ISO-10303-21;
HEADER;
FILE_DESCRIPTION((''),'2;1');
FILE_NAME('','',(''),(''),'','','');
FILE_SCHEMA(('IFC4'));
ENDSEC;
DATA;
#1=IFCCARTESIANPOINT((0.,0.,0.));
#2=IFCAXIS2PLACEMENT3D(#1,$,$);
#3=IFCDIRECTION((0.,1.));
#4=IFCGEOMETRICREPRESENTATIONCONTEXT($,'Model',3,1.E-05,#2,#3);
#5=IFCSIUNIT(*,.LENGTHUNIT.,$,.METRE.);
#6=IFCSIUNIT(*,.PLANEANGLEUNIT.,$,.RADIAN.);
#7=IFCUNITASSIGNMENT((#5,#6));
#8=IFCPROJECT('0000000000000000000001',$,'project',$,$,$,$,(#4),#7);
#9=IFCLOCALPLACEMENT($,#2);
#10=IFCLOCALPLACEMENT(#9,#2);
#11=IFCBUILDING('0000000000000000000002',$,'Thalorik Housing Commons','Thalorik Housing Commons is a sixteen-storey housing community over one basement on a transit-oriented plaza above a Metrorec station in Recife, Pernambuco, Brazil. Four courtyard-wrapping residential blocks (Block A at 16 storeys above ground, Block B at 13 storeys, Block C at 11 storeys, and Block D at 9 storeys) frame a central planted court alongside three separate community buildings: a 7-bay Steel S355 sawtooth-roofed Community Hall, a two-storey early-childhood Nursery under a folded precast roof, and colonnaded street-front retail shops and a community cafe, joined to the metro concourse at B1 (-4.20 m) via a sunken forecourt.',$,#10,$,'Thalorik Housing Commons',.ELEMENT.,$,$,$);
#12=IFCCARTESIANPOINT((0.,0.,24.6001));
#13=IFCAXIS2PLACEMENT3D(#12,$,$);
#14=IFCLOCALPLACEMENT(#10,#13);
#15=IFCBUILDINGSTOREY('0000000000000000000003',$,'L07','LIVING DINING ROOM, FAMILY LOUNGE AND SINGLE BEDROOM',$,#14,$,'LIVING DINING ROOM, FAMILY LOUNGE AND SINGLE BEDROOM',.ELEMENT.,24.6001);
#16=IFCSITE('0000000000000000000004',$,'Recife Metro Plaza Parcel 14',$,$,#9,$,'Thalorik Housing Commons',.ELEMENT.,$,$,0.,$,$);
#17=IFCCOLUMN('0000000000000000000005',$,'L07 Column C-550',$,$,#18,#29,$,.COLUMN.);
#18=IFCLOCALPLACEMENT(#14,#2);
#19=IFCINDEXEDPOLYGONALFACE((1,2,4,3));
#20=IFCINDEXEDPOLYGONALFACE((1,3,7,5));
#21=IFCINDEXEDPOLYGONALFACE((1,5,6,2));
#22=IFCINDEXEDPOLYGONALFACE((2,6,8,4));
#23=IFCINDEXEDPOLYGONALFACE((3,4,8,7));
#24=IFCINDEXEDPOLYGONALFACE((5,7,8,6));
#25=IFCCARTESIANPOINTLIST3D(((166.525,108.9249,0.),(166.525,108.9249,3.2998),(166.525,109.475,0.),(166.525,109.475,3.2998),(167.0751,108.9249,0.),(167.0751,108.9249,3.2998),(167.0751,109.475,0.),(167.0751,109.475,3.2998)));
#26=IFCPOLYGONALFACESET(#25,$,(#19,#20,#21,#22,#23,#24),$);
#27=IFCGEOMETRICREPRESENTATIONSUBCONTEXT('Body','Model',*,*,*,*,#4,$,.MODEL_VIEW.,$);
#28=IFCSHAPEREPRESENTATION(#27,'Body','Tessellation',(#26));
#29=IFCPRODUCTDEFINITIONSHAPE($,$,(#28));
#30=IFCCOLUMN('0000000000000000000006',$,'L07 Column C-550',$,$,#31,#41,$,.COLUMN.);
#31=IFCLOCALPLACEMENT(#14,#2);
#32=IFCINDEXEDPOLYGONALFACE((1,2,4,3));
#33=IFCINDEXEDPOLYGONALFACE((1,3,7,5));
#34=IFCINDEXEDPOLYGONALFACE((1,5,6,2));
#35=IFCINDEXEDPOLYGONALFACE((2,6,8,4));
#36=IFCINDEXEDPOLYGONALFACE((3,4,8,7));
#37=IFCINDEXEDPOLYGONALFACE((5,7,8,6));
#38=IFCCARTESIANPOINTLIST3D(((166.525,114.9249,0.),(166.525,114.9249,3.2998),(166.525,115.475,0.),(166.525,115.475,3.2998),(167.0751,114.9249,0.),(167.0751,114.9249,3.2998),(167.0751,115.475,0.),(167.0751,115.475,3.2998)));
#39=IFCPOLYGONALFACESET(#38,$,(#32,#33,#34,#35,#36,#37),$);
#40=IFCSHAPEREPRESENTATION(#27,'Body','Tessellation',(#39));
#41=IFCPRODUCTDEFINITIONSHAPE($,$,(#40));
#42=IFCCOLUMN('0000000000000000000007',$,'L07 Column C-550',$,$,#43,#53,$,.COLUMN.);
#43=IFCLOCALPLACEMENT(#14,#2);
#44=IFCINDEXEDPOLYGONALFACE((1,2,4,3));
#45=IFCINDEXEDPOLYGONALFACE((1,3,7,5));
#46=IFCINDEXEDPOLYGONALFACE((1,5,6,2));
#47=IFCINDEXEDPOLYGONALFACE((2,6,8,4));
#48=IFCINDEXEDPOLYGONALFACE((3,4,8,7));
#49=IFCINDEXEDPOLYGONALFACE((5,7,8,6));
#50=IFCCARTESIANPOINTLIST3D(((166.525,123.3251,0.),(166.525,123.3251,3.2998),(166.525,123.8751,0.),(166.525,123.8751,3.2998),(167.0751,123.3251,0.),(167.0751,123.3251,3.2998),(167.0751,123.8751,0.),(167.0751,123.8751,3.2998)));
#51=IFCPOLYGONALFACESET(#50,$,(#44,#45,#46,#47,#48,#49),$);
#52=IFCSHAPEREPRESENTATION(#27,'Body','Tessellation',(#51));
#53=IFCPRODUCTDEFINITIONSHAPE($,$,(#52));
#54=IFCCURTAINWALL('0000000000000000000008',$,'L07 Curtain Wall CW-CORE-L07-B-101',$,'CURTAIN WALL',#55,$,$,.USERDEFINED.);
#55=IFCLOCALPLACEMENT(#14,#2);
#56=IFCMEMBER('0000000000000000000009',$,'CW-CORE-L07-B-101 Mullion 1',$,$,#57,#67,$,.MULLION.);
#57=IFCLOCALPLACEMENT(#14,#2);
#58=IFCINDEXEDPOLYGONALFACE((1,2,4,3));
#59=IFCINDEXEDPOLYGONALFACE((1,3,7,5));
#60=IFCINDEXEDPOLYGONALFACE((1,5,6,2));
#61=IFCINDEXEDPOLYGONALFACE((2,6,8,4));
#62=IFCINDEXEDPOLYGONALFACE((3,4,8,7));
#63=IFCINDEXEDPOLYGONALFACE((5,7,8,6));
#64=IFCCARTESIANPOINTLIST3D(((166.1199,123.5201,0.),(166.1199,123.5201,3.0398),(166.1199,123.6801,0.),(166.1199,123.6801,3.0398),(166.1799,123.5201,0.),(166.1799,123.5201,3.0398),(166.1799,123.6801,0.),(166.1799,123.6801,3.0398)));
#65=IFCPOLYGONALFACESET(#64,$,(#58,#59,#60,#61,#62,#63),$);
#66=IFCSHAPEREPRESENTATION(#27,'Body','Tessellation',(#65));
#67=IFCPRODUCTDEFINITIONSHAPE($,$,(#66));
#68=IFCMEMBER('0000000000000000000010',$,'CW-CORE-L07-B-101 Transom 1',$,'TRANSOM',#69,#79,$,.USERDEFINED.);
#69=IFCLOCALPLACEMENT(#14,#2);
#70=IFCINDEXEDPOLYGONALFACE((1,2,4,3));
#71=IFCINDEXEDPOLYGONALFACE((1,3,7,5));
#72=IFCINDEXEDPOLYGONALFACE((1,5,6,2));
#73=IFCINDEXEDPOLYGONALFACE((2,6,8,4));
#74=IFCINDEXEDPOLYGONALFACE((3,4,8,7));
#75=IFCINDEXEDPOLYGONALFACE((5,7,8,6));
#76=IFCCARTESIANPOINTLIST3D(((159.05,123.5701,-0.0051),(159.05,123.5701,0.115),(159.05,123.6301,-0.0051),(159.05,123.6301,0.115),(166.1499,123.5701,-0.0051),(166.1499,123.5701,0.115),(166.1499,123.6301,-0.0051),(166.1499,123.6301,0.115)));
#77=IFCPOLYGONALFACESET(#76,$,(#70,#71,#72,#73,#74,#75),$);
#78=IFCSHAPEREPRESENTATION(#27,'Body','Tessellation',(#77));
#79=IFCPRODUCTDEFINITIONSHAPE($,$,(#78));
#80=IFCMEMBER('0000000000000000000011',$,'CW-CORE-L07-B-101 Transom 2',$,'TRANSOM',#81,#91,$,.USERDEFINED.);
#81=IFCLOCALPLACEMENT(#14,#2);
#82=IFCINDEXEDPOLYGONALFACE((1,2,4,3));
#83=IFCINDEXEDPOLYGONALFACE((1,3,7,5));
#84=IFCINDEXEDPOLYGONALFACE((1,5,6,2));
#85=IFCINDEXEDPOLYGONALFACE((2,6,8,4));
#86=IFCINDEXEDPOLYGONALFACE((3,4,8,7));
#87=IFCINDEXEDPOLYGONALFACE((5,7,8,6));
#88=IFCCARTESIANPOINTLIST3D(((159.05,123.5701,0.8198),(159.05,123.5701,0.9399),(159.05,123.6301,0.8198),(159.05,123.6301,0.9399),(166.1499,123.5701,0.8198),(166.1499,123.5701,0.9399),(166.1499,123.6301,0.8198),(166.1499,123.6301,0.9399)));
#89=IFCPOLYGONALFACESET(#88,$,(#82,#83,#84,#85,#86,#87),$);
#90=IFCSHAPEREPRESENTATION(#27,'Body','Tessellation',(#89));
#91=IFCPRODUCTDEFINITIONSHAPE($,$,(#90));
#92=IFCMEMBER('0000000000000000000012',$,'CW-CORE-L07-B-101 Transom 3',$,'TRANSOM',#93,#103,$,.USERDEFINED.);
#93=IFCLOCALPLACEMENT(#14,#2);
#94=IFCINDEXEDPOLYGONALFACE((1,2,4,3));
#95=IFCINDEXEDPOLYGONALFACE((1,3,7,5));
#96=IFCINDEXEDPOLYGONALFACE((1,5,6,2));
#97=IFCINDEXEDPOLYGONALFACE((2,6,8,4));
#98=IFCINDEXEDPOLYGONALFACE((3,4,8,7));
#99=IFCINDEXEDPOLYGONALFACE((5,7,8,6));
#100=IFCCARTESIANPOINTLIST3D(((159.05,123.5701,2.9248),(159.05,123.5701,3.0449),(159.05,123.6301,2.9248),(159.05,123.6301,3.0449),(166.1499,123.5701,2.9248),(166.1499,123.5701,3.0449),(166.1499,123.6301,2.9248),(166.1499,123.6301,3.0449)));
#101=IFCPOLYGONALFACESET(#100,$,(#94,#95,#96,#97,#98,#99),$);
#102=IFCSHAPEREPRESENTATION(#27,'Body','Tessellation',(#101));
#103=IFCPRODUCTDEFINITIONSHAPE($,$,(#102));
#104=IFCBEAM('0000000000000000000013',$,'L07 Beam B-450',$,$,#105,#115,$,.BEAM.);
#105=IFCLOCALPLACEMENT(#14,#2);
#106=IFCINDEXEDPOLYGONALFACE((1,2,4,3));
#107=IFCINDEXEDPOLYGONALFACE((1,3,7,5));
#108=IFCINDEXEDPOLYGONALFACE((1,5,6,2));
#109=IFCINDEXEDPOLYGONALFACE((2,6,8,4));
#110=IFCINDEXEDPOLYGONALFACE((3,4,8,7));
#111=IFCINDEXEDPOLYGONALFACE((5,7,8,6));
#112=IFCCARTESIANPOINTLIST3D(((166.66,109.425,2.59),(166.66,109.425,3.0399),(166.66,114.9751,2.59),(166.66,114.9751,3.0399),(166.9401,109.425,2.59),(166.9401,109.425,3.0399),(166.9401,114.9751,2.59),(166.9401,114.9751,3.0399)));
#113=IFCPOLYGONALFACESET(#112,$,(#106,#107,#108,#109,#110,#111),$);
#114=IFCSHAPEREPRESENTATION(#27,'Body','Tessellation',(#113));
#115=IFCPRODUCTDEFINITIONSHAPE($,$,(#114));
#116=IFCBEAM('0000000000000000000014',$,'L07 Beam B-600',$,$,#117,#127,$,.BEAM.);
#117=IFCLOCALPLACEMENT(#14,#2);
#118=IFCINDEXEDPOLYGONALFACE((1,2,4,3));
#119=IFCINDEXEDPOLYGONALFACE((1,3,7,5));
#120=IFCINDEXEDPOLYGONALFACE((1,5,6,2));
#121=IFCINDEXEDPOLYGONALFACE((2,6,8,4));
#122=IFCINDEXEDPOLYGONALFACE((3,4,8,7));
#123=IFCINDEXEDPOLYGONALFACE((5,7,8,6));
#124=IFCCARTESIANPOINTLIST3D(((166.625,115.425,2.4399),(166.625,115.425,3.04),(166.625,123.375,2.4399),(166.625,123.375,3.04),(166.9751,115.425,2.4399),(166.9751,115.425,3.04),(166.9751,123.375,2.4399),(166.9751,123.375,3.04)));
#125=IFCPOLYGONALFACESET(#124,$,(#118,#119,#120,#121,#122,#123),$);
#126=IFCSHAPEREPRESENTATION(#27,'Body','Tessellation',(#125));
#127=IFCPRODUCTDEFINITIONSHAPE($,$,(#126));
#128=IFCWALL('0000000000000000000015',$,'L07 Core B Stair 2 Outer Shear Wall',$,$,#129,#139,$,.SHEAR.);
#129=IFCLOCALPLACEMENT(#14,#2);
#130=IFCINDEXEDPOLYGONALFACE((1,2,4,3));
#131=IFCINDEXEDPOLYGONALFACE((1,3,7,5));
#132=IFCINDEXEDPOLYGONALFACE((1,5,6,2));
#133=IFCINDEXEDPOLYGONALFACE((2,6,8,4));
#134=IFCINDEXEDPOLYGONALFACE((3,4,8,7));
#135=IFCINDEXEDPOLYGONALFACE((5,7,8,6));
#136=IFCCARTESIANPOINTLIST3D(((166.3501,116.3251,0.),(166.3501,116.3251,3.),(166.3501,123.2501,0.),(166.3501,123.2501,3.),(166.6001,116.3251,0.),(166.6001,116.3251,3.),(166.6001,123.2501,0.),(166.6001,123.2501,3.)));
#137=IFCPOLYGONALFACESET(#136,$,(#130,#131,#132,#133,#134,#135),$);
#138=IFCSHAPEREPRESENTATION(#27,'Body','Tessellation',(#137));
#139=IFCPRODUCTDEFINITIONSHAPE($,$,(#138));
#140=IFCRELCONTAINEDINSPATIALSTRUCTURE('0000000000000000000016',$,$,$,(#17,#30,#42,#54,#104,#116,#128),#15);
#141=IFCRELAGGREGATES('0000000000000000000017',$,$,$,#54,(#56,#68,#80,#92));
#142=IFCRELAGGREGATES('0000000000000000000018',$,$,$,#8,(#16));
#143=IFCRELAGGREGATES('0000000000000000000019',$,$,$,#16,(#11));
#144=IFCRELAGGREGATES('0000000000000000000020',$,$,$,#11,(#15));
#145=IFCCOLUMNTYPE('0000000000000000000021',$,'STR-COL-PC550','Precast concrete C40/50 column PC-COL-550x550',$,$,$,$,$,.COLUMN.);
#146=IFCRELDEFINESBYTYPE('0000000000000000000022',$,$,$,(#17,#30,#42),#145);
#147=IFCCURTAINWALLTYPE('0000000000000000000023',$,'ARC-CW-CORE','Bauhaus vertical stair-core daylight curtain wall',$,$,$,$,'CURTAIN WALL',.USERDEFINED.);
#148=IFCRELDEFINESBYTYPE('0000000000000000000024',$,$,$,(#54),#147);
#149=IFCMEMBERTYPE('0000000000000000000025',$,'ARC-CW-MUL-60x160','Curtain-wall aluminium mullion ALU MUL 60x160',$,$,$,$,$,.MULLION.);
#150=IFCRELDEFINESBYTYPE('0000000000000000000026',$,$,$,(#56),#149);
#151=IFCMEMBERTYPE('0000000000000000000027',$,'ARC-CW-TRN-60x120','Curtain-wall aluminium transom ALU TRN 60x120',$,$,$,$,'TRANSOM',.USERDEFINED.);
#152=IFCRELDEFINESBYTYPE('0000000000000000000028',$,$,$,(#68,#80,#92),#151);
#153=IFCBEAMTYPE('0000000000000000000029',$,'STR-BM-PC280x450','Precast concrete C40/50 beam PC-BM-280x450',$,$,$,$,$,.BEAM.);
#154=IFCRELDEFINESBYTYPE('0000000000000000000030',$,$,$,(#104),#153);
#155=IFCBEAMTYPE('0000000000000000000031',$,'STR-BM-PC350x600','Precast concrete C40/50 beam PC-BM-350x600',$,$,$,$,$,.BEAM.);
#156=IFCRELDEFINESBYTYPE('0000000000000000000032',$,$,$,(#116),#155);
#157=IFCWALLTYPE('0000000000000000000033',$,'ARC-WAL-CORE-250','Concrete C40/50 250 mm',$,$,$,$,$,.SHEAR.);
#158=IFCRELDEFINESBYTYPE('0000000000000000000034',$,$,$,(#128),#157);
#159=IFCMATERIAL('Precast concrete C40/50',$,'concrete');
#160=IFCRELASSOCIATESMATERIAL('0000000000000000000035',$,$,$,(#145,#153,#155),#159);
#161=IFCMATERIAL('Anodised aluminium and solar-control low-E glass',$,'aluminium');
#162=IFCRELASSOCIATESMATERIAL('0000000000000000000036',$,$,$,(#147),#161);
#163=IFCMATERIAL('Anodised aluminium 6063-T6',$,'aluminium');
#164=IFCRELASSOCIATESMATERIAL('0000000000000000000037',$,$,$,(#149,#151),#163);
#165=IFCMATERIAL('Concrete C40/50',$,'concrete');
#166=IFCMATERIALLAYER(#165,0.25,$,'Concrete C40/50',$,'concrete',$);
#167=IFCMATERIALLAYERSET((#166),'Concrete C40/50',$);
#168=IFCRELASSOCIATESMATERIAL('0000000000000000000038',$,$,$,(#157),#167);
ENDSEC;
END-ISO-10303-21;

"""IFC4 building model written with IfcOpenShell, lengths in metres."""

from ifc_helpers import new_model, si_unit, direction, frame, frame_2d, origin, origin_2d, place, context, subcontext, project, spatial, rectangle, extrude, material, layer, layer_set, material_profile, profile_set, type_object, element, aggregate, save


model = new_model("IFC4")

# Units and contexts
model_context = context("Model", 3, precision=1e-05, world=origin(), true_north=direction((0.0, 1.0)))
body_context = subcontext(model_context, "Body", "Model", "MODEL_VIEW")
ifc_project = project(units=[si_unit("LENGTHUNIT", "METRE"), si_unit("PLANEANGLEUNIT", "RADIAN")], contexts=[model_context])

# Site, building, storey
site_placement = place(None, origin())
site = spatial("IfcSite", under=ifc_project, at=site_placement, Name="Recife Metro Plaza Parcel 14", LongName="Thalorik Housing Commons", CompositionType="ELEMENT", RefElevation=0.0)
building_placement = place(site_placement, origin())
building = spatial("IfcBuilding", under=site, at=building_placement, Name="Thalorik Housing Commons", Description="Thalorik Housing Commons is a sixteen-storey housing community over one basement on a transit-oriented plaza above a Metrorec station in Recife, Pernambuco, Brazil. Four courtyard-wrapping residential blocks (Block A at 16 storeys above ground, Block B at 13 storeys, Block C at 11 storeys, and Block D at 9 storeys) frame a central planted court alongside three separate community buildings: a 7-bay Steel S355 sawtooth-roofed Community Hall, a two-storey early-childhood Nursery under a folded precast roof, and colonnaded street-front retail shops and a community cafe, joined to the metro concourse at B1 (-4.20 m) via a sunken forecourt.", LongName="Thalorik Housing Commons", CompositionType="ELEMENT")
storey_placement = place(building_placement, frame((0.0, 0.0, 24.6001)))
storey = spatial("IfcBuildingStorey", under=building, at=storey_placement, Name="L07", Description="LIVING DINING ROOM, FAMILY LOUNGE AND SINGLE BEDROOM", LongName="LIVING DINING ROOM, FAMILY LOUNGE AND SINGLE BEDROOM", CompositionType="ELEMENT", Elevation=24.6001)

# Columns
ifc_material_1 = material(Name="Precast concrete C40/50", Category="concrete")
ifc_material_profile_1 = material_profile(ifc_material_1, rectangle(XDim=0.55, YDim=0.55, at=origin_2d()), Name="PC 550x550", Category="concrete")
ifc_profile_set_1 = profile_set([ifc_material_profile_1], Name="Precast concrete C40/50")
column_type = type_object("IfcColumnType", Name="STR-COL-PC550", Description="Precast concrete C40/50 column PC-COL-550x550", PredefinedType="COLUMN", material=ifc_profile_set_1)
for number, where, z_axis, x_axis, name in (
    (1, (166.8, 109.2, 0.0), (0.0, 0.0, 1.0), (1.0, 0.0, 0.0), "L07 Column C-550"),
    (2, (166.8, 115.2, 0.0), (0.0, 0.0, 1.0), (1.0, 0.0, 0.0), "L07 Column C-550"),
    (3, (166.8, 123.6001, 0.0), (0.0, 0.0, 1.0), (1.0, 0.0, 0.0), "L07 Column C-550"),
):
    element("IfcColumn", number, at=place(storey_placement, frame(where, z_axis=z_axis, x_axis=x_axis)), inside=storey, type_object=column_type, Name=name, PredefinedType="COLUMN", context=body_context, shape_type="SweptSolid", body=[
        extrude(rectangle(XDim=0.55, YDim=0.55, at=origin_2d()), origin(), (0.0, 0.0, 1.0), 3.2998),
    ])

# Curtain wall, members
ifc_material_2 = material(Name="Anodised aluminium and solar-control low-E glass", Category="aluminium")
curtain_wall_type = type_object("IfcCurtainWallType", Name="ARC-CW-CORE", Description="Bauhaus vertical stair-core daylight curtain wall", ElementType="CURTAIN WALL", PredefinedType="USERDEFINED", material=ifc_material_2)
curtain_wall_placement = place(storey_placement, origin())
curtain_wall = element("IfcCurtainWall", 4, at=curtain_wall_placement, inside=storey, type_object=curtain_wall_type, Name="L07 Curtain Wall CW-CORE-L07-B-101", ObjectType="CURTAIN WALL", PredefinedType="USERDEFINED")
ifc_material_3 = material(Name="Anodised aluminium 6063-T6", Category="aluminium")
ifc_material_profile_2 = material_profile(ifc_material_3, rectangle(XDim=0.0601, YDim=0.1599, at=origin_2d()), Name="ALU MUL 60x160", Category="aluminium")
ifc_profile_set_2 = profile_set([ifc_material_profile_2], Name="Anodised aluminium 6063-T6")
member_type_1 = type_object("IfcMemberType", Name="ARC-CW-MUL-60x160", Description="Curtain-wall aluminium mullion ALU MUL 60x160", PredefinedType="MULLION", material=ifc_profile_set_2)
member_1_placement = place(storey_placement, frame((166.1499, 123.6001, 0.0), z_axis=(0.0, 0.0, 1.0), x_axis=(-1.0, 0.0, 0.0)))
member_1 = element("IfcMember", 5, at=member_1_placement, type_object=member_type_1, Name="CW-CORE-L07-B-101 Mullion 1", PredefinedType="MULLION", context=body_context, shape_type="SweptSolid", body=[
    extrude(rectangle(XDim=0.0601, YDim=0.1599, at=origin_2d()), origin(), (0.0, 0.0, 1.0), 3.0398),
])
ifc_material_profile_3 = material_profile(ifc_material_3, rectangle(XDim=0.0601, YDim=0.1201, at=origin_2d()), Name="ALU TRN 60x120", Category="aluminium")
ifc_profile_set_3 = profile_set([ifc_material_profile_3], Name="Anodised aluminium 6063-T6")
member_type_2 = type_object("IfcMemberType", Name="ARC-CW-TRN-60x120", Description="Curtain-wall aluminium transom ALU TRN 60x120", ElementType="TRANSOM", PredefinedType="USERDEFINED", material=ifc_profile_set_3)
member_2_placement = place(storey_placement, frame((166.1499, 123.6001, 0.0549), z_axis=(-1.0, 0.0, 0.0), x_axis=(0.0, -1.0, 0.0)))
member_2 = element("IfcMember", 6, at=member_2_placement, type_object=member_type_2, Name="CW-CORE-L07-B-101 Transom 1", ObjectType="TRANSOM", PredefinedType="USERDEFINED", context=body_context, shape_type="SweptSolid", body=[
    extrude(rectangle(XDim=0.0601, YDim=0.1201, at=origin_2d()), origin(), (0.0, 0.0, 1.0), 7.0999),
])
member_3_placement = place(storey_placement, frame((166.1499, 123.6001, 0.8799), z_axis=(-1.0, 0.0, 0.0), x_axis=(0.0, -1.0, 0.0)))
member_3 = element("IfcMember", 7, at=member_3_placement, type_object=member_type_2, Name="CW-CORE-L07-B-101 Transom 2", ObjectType="TRANSOM", PredefinedType="USERDEFINED", context=body_context, shape_type="SweptSolid", body=[
    extrude(rectangle(XDim=0.0601, YDim=0.1201, at=origin_2d()), origin(), (0.0, 0.0, 1.0), 7.0999),
])
member_4_placement = place(storey_placement, frame((166.1499, 123.6001, 2.9849), z_axis=(-1.0, 0.0, 0.0), x_axis=(0.0, -1.0, 0.0)))
member_4 = element("IfcMember", 8, at=member_4_placement, type_object=member_type_2, Name="CW-CORE-L07-B-101 Transom 3", ObjectType="TRANSOM", PredefinedType="USERDEFINED", context=body_context, shape_type="SweptSolid", body=[
    extrude(rectangle(XDim=0.0601, YDim=0.1201, at=origin_2d()), origin(), (0.0, 0.0, 1.0), 7.0999),
])
aggregate(curtain_wall, [member_1, member_2, member_3, member_4])

# Beams
ifc_material_profile_4 = material_profile(ifc_material_1, rectangle(XDim=0.28, YDim=0.45, at=origin_2d()), Name="PC 280x450", Category="concrete")
ifc_profile_set_4 = profile_set([ifc_material_profile_4], Name="Precast concrete C40/50")
beam_type_1 = type_object("IfcBeamType", Name="STR-BM-PC280x450", Description="Precast concrete C40/50 beam PC-BM-280x450", PredefinedType="BEAM", material=ifc_profile_set_4)
beam_1_placement = place(storey_placement, frame((166.8, 109.425, 2.8149), z_axis=(0.0, 1.0, 0.0), x_axis=(-1.0, 0.0, 0.0)))
element("IfcBeam", 9, at=beam_1_placement, inside=storey, type_object=beam_type_1, Name="L07 Beam B-450", PredefinedType="BEAM", context=body_context, shape_type="SweptSolid", body=[
    extrude(rectangle(XDim=0.28, YDim=0.45, at=origin_2d()), origin(), (0.0, 0.0, 1.0), 5.55),
])
ifc_material_profile_5 = material_profile(ifc_material_1, rectangle(XDim=0.3501, YDim=0.6001, at=origin_2d()), Name="PC 350x600", Category="concrete")
ifc_profile_set_5 = profile_set([ifc_material_profile_5], Name="Precast concrete C40/50")
beam_type_2 = type_object("IfcBeamType", Name="STR-BM-PC350x600", Description="Precast concrete C40/50 beam PC-BM-350x600", PredefinedType="BEAM", material=ifc_profile_set_5)
beam_2_placement = place(storey_placement, frame((166.8, 115.425, 2.74), z_axis=(0.0, 1.0, 0.0), x_axis=(-1.0, 0.0, 0.0)))
element("IfcBeam", 10, at=beam_2_placement, inside=storey, type_object=beam_type_2, Name="L07 Beam B-600", PredefinedType="BEAM", context=body_context, shape_type="SweptSolid", body=[
    extrude(rectangle(XDim=0.3501, YDim=0.6001, at=origin_2d()), origin(), (0.0, 0.0, 1.0), 7.95),
])

# Wall
ifc_material_4 = material(Name="Concrete C40/50", Category="concrete")
ifc_layer_1 = layer(ifc_material_4, 0.25, Name="Concrete C40/50", Category="concrete")
ifc_layer_set_1 = layer_set([ifc_layer_1], Name="Concrete C40/50")
wall_type_1 = type_object("IfcWallType", Name="ARC-WAL-CORE-250", Description="Concrete C40/50 250 mm", PredefinedType="SHEAR", material=ifc_layer_set_1)
wall_1_placement = place(storey_placement, frame((166.4751, 123.25, 0.0), z_axis=(0.0, 0.0, 1.0), x_axis=(0.0, -1.0, 0.0)))
element("IfcWall", 11, at=wall_1_placement, inside=storey, type_object=wall_type_1, Name="L07 Core B Stair 2 Outer Shear Wall", PredefinedType="SHEAR", context=body_context, shape_type="SweptSolid", body=[
    extrude(rectangle(XDim=6.925, YDim=0.25, at=frame_2d((3.4624, 0.0))), origin(), (0.0, 0.0, 1.0), 3.0),
])

save(model, "model.ifc")
